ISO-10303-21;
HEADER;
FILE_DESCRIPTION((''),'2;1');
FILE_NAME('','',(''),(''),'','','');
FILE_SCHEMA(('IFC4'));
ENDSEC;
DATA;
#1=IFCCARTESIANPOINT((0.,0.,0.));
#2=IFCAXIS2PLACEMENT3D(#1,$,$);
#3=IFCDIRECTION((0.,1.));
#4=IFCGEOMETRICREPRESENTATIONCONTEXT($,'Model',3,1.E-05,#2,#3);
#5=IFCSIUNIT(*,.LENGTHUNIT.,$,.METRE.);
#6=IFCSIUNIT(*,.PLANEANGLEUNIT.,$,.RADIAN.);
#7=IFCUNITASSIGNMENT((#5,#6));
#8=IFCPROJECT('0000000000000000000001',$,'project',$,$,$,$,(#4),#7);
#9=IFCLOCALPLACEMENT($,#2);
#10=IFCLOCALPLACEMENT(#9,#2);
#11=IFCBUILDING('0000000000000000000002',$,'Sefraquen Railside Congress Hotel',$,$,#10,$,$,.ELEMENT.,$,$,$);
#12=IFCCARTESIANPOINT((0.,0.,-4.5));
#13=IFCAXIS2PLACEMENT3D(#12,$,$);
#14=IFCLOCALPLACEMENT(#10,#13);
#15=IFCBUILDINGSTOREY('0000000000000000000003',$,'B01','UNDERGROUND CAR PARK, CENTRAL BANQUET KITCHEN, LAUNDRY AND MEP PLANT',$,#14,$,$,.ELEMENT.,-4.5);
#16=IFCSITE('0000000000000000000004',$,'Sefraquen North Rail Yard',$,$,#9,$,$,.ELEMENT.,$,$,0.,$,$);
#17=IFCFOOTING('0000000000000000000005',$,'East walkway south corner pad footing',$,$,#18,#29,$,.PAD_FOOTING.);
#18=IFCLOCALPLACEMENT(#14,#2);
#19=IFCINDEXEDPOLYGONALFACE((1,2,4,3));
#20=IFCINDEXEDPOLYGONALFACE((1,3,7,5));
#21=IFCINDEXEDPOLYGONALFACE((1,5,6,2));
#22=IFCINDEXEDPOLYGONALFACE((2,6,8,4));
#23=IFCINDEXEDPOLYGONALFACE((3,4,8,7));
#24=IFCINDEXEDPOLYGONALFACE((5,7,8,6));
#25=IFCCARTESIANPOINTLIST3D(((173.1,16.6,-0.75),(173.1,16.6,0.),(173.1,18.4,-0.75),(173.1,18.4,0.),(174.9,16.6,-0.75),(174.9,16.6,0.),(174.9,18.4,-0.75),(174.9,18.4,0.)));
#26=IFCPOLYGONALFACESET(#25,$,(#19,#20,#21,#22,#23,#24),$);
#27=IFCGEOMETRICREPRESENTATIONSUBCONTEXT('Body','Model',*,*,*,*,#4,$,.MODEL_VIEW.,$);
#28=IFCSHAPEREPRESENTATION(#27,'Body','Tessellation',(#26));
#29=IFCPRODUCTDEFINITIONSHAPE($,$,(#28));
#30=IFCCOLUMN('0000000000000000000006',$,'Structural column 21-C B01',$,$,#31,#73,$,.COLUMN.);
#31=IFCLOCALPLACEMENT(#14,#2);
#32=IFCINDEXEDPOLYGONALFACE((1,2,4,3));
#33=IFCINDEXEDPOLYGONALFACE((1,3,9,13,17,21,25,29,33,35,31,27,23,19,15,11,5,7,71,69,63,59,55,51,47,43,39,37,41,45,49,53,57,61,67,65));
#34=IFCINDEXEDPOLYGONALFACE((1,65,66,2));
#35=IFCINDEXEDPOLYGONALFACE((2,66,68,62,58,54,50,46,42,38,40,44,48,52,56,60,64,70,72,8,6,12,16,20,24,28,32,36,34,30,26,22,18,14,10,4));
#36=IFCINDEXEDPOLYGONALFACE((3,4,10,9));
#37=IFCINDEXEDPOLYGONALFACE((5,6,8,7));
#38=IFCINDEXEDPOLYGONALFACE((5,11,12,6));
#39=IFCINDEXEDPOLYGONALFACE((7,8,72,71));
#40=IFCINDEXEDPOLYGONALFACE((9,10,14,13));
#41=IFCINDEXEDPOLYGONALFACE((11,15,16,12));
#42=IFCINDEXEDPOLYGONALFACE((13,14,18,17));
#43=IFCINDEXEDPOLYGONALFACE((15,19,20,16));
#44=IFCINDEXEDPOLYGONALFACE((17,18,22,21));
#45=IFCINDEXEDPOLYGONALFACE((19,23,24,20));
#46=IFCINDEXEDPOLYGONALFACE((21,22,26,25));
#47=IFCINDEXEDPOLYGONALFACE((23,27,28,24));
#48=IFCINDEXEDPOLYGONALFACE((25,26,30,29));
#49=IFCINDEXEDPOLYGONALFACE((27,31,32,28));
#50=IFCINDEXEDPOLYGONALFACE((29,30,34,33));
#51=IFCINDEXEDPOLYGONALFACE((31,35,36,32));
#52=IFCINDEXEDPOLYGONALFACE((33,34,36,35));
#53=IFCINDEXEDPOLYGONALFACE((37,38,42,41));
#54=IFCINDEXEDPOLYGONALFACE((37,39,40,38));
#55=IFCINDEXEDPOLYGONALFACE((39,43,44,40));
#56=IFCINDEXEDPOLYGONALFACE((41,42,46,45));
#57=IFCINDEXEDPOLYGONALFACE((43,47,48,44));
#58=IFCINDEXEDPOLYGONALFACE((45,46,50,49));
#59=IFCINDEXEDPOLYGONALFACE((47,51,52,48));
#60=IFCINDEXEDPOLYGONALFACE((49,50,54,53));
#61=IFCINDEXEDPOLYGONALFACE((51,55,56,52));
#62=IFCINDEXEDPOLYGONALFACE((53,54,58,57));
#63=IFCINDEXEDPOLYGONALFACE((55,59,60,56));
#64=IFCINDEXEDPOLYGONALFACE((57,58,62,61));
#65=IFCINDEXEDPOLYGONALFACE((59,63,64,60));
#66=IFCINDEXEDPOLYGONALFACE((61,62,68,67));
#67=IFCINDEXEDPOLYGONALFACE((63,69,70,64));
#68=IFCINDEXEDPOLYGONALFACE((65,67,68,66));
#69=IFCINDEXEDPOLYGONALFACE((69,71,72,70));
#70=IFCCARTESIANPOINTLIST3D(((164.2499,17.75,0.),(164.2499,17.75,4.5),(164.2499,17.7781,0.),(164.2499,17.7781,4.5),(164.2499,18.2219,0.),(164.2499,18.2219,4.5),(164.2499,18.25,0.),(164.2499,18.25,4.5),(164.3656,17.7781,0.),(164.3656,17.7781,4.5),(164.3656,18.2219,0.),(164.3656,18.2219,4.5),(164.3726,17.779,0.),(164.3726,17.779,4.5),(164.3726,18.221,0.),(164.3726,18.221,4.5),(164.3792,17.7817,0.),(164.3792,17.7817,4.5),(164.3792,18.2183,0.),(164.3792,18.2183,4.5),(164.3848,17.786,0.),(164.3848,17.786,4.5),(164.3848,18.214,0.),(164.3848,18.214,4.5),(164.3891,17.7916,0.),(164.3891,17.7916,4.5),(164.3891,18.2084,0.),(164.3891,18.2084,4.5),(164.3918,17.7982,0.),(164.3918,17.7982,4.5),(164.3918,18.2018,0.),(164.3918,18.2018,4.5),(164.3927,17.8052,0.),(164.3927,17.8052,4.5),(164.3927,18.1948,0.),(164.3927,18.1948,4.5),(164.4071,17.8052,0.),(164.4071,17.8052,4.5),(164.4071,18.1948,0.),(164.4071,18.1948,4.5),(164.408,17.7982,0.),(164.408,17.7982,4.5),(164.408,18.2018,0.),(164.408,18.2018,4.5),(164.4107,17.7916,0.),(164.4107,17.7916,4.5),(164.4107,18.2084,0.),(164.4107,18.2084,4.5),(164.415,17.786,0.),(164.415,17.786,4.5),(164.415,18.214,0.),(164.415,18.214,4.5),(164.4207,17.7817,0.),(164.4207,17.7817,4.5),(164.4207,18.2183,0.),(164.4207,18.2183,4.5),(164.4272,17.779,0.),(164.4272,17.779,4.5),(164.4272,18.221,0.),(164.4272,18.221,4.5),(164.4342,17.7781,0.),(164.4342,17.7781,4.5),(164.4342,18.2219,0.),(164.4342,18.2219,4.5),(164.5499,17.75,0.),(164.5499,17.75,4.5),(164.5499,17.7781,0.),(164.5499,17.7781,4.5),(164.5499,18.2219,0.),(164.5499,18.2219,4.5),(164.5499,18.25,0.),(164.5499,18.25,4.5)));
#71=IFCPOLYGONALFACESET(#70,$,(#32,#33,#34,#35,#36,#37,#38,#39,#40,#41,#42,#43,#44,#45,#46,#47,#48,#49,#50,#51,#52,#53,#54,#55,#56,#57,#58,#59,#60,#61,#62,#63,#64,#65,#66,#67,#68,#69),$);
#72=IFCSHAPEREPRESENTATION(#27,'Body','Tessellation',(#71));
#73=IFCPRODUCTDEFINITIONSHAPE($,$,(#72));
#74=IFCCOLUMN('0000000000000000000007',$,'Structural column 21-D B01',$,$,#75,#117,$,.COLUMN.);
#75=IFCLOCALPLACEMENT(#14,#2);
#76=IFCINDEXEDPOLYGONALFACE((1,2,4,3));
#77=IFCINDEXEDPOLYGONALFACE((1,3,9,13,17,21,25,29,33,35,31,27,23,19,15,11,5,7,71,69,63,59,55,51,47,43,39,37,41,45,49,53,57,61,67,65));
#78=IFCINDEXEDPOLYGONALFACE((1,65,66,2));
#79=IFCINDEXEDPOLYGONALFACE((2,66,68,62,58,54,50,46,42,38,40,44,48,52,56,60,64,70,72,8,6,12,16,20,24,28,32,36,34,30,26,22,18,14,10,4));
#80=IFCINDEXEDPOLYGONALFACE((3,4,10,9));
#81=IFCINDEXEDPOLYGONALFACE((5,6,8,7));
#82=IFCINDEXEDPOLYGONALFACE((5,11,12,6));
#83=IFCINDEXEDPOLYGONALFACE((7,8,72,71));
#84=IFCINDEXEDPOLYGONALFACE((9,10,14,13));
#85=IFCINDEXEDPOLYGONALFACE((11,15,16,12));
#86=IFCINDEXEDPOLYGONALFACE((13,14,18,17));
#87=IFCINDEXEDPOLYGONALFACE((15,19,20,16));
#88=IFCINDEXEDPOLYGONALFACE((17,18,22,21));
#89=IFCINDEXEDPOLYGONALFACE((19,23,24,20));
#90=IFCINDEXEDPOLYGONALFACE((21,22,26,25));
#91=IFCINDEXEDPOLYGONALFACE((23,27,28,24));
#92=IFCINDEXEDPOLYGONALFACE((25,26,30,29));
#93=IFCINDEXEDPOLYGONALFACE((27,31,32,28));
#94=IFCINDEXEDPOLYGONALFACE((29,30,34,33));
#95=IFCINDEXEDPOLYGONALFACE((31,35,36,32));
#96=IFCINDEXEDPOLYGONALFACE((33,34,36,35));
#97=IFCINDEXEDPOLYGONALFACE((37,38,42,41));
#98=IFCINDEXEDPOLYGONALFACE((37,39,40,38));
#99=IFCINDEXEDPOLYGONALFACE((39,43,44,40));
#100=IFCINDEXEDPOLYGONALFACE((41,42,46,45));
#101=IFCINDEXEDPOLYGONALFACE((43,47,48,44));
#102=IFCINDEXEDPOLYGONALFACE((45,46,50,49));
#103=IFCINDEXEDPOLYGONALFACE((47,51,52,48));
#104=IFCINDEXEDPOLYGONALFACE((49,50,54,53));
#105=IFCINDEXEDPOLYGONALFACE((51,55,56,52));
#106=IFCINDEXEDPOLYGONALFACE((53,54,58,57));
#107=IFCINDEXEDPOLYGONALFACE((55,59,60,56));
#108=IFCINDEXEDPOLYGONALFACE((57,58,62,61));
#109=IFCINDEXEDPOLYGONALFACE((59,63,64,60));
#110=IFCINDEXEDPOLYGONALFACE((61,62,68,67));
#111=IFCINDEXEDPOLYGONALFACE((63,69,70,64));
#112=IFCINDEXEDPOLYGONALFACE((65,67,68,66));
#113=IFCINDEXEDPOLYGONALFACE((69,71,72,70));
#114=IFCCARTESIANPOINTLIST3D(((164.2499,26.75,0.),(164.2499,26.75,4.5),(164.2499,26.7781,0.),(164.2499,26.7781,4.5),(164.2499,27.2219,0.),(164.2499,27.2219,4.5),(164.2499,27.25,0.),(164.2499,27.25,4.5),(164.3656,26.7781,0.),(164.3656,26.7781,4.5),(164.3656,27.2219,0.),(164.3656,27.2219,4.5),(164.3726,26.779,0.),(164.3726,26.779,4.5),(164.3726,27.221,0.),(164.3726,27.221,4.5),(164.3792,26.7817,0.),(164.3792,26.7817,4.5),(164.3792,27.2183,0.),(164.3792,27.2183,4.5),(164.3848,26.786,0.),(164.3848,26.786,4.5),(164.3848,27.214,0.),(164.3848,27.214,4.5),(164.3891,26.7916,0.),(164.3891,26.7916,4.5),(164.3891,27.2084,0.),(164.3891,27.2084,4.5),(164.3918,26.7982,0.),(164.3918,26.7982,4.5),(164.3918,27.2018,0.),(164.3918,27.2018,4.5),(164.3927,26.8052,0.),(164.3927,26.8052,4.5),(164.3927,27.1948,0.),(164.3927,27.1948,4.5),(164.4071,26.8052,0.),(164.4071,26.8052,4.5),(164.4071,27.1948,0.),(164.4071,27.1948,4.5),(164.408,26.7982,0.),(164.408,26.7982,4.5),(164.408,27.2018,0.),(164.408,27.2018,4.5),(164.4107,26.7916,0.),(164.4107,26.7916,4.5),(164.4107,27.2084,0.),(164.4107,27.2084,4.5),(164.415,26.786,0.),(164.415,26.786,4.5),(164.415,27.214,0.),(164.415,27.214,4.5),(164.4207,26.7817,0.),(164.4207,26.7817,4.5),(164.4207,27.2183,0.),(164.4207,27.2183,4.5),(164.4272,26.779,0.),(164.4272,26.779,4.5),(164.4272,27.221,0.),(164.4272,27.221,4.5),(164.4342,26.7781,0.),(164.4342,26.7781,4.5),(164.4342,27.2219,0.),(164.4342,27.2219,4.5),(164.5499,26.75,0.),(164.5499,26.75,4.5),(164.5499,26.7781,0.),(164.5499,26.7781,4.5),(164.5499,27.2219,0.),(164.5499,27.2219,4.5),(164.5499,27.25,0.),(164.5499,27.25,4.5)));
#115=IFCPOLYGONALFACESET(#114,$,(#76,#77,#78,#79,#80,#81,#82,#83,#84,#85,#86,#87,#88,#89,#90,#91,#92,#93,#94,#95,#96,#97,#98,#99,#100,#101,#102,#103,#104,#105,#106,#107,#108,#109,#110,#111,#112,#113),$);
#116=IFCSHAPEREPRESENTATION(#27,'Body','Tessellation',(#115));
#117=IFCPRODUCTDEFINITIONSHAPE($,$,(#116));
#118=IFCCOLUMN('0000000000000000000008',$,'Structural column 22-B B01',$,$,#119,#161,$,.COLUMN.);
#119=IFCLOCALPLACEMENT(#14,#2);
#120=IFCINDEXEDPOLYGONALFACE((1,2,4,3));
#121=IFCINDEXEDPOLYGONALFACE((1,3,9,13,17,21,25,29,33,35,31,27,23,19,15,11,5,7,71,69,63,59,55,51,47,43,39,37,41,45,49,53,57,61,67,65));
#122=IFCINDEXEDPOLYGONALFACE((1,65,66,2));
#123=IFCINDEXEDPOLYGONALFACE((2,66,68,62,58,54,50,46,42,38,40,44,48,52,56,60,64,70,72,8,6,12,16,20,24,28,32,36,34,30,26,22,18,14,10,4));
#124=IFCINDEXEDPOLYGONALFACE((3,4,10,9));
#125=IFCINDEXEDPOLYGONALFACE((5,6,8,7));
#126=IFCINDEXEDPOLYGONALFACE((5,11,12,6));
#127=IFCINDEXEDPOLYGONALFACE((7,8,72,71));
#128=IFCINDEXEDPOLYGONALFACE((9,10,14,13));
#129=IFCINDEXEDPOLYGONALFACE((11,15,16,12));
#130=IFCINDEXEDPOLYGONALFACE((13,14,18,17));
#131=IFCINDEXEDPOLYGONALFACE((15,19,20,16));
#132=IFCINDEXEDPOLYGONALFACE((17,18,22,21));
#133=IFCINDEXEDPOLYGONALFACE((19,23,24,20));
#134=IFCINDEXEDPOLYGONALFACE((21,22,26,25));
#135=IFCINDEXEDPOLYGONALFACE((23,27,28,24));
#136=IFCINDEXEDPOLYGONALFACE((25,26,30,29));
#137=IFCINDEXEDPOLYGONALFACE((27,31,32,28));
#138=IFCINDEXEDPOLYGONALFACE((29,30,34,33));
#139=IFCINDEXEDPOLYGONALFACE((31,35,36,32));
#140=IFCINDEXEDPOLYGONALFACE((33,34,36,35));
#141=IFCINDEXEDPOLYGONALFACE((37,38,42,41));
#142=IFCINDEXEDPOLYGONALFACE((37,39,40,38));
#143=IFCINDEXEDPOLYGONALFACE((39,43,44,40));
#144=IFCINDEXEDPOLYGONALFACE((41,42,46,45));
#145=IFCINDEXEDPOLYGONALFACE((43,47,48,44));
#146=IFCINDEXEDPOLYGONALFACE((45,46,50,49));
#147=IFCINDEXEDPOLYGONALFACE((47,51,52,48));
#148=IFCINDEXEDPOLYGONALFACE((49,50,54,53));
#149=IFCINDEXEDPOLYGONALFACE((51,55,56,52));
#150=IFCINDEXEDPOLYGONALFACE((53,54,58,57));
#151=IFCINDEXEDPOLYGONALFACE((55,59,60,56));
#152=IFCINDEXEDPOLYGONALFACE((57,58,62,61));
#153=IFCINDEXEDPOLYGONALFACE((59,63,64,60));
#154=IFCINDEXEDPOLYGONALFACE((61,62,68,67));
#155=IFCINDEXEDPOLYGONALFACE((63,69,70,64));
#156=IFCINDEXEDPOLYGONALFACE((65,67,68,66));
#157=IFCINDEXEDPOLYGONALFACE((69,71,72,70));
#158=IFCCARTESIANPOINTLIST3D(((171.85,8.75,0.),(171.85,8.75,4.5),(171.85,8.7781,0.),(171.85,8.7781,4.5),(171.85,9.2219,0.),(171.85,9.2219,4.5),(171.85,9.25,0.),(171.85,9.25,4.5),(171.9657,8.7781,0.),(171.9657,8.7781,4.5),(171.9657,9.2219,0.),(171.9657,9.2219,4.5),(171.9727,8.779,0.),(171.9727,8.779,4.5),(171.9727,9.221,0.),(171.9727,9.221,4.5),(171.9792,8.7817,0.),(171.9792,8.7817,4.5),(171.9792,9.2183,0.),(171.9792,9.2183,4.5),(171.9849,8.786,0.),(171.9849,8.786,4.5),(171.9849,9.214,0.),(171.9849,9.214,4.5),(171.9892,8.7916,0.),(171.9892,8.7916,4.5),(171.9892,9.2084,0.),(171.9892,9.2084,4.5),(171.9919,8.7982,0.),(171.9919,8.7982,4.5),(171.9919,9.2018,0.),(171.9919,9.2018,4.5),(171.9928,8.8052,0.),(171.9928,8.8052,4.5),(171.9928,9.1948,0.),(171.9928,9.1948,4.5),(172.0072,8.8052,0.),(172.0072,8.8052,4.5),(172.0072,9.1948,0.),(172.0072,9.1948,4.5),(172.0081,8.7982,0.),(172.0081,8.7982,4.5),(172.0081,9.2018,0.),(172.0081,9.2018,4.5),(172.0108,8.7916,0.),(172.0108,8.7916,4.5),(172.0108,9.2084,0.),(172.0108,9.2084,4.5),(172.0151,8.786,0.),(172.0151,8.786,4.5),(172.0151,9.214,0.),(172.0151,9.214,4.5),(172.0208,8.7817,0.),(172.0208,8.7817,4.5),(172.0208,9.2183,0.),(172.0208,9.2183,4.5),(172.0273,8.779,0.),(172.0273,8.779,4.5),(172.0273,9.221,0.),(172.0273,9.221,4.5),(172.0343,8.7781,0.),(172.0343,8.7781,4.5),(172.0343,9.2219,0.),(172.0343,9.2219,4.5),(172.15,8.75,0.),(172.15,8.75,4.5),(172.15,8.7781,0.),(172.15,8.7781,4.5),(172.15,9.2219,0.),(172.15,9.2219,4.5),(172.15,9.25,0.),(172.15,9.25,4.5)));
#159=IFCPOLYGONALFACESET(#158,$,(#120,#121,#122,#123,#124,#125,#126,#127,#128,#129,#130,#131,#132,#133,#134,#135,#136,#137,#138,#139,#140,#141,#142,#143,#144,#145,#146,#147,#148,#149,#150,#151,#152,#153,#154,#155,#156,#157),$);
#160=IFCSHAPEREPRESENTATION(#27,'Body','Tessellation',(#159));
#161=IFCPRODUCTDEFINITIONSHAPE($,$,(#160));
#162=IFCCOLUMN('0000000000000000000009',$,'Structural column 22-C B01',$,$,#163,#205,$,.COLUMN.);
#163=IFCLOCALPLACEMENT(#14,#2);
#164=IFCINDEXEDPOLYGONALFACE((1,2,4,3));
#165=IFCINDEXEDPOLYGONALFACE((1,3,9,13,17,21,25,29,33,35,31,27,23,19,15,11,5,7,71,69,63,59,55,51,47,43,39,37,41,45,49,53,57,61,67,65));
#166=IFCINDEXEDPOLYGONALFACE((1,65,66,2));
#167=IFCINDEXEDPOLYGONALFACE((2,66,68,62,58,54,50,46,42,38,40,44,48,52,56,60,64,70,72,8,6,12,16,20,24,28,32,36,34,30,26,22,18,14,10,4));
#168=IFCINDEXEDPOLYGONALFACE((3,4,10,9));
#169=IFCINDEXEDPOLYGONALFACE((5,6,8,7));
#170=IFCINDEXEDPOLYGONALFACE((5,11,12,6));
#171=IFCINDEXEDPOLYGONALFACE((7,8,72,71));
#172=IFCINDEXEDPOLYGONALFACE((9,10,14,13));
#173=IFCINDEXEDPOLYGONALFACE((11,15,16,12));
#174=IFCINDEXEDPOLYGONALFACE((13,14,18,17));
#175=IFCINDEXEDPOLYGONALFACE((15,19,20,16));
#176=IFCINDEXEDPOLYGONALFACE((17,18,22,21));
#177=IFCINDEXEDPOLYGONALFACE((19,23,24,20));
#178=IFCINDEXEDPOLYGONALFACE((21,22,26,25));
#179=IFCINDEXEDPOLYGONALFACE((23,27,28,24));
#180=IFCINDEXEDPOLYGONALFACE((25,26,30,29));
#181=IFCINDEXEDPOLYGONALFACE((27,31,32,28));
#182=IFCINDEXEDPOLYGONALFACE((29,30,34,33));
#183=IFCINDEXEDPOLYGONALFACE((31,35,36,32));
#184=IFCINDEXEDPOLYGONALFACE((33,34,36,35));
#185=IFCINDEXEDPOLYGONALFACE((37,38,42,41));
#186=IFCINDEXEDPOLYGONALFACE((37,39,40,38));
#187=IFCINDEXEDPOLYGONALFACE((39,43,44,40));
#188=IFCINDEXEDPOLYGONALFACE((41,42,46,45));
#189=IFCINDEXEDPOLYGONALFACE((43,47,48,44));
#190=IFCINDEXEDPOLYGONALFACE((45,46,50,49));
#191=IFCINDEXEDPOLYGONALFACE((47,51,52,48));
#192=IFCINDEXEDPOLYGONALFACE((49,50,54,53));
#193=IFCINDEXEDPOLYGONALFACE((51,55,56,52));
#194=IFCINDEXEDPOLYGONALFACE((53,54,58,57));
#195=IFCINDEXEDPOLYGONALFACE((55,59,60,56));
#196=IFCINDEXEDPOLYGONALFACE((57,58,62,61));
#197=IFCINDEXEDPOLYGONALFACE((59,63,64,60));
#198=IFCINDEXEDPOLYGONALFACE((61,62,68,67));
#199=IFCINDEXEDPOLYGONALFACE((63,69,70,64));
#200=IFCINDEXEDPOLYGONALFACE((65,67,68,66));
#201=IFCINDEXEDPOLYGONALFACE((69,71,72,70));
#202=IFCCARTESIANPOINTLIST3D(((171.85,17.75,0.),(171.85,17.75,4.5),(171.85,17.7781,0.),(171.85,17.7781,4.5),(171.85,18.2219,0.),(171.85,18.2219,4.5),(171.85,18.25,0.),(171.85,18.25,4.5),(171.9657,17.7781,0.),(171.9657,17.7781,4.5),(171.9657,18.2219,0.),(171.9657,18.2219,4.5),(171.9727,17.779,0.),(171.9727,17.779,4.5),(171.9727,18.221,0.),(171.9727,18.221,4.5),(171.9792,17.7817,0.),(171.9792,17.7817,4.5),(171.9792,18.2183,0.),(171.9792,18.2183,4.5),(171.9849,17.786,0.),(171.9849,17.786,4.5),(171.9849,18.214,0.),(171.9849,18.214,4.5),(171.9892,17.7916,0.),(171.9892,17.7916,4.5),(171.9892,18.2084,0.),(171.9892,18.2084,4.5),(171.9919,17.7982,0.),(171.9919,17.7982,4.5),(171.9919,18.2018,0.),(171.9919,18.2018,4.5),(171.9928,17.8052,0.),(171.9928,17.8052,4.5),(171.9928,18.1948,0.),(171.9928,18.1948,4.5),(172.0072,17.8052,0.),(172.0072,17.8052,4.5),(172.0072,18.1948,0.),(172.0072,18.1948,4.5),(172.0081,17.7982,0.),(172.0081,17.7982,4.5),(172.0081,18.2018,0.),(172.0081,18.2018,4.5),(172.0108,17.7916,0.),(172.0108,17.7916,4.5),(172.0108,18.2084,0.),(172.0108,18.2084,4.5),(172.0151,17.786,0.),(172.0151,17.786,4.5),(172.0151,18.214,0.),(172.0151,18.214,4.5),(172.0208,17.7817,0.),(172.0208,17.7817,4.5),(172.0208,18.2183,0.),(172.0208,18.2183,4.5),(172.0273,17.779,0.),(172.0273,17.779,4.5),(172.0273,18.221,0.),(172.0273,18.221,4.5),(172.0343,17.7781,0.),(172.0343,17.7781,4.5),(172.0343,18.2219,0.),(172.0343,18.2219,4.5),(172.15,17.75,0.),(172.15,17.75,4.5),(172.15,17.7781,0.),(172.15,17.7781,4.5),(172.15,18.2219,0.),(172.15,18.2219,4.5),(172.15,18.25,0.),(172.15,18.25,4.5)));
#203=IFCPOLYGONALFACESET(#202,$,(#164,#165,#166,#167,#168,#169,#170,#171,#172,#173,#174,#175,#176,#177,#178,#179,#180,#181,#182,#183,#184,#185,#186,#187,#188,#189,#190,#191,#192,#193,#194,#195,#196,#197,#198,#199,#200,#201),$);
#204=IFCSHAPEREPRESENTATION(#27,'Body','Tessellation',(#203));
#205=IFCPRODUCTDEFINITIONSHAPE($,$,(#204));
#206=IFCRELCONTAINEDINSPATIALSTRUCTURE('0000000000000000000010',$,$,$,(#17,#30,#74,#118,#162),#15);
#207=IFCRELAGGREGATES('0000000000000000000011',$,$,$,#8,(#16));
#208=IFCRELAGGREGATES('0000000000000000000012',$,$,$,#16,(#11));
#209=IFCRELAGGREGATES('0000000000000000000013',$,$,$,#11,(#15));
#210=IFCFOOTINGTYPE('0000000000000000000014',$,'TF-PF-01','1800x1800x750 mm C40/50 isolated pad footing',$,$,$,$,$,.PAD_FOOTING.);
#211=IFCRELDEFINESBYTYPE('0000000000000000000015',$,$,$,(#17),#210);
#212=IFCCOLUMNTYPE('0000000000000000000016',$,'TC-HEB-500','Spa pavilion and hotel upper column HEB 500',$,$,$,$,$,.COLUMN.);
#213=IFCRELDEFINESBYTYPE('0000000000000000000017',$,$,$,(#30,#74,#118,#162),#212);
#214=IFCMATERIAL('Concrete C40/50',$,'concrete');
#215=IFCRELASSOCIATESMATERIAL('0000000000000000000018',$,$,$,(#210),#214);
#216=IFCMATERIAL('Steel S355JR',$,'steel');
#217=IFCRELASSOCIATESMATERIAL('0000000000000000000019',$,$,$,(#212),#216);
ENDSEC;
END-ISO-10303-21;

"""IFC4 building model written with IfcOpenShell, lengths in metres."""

from ifc_helpers import new_model, si_unit, direction, frame, origin, origin_2d, place, context, subcontext, project, spatial, rectangle, i_section, extrude, material, material_profile, profile_set, type_object, element, save


model = new_model("IFC4")

# Units and contexts
model_context = context("Model", 3, precision=1e-05, world=origin(), true_north=direction((0.0, 1.0)))
body_context = subcontext(model_context, "Body", "Model", "MODEL_VIEW")
ifc_project = project(units=[si_unit("LENGTHUNIT", "METRE"), si_unit("PLANEANGLEUNIT", "RADIAN")], contexts=[model_context])

# Site, building, storey
site_placement = place(None, origin())
site = spatial("IfcSite", under=ifc_project, at=site_placement, Name="Sefraquen North Rail Yard", CompositionType="ELEMENT", RefElevation=0.0)
building_placement = place(site_placement, origin())
building = spatial("IfcBuilding", under=site, at=building_placement, Name="Sefraquen Railside Congress Hotel", CompositionType="ELEMENT")
storey_placement = place(building_placement, frame((0.0, 0.0, -4.5)))
storey = spatial("IfcBuildingStorey", under=building, at=storey_placement, Name="B01", Description="UNDERGROUND CAR PARK, CENTRAL BANQUET KITCHEN, LAUNDRY AND MEP PLANT", CompositionType="ELEMENT", Elevation=-4.5)

# Footing
ifc_material_1 = material(Name="Concrete C40/50", Category="concrete")
footing_type = type_object("IfcFootingType", Name="TF-PF-01", Description="1800x1800x750 mm C40/50 isolated pad footing", PredefinedType="PAD_FOOTING", material=ifc_material_1)
footing_placement = place(storey_placement, frame((174.0, 17.5, -0.75), z_axis=(0.0, 0.0, 1.0), x_axis=(1.0, 0.0, 0.0)))
element("IfcFooting", 1, at=footing_placement, inside=storey, type_object=footing_type, Name="East walkway south corner pad footing", PredefinedType="PAD_FOOTING", context=body_context, shape_type="SweptSolid", body=[
    extrude(rectangle(XDim=1.8, YDim=1.8, at=origin_2d()), origin(), (0.0, 0.0, 1.0), 0.75),
])

# Columns
ifc_material_2 = material(Name="Steel S355JR", Category="steel")
ifc_material_profile = material_profile(ifc_material_2, i_section(OverallWidth=0.3, OverallDepth=0.5, WebThickness=0.0144, FlangeThickness=0.0281, FilletRadius=0.0271, at=origin_2d()), Name="HEB 500")
ifc_profile_set = profile_set([ifc_material_profile], Name="Steel S355JR")
column_type = type_object("IfcColumnType", Name="TC-HEB-500", Description="Spa pavilion and hotel upper column HEB 500", PredefinedType="COLUMN", material=ifc_profile_set)
for number, where, z_axis, x_axis, name in (
    (2, (164.3999, 18.0, 0.0), (0.0, 0.0, 1.0), (1.0, 0.0, 0.0), "Structural column 21-C B01"),
    (3, (164.3999, 27.0, 0.0), (0.0, 0.0, 1.0), (1.0, 0.0, 0.0), "Structural column 21-D B01"),
    (4, (172.0, 9.0, 0.0), (0.0, 0.0, 1.0), (1.0, 0.0, 0.0), "Structural column 22-B B01"),
    (5, (172.0, 18.0, 0.0), (0.0, 0.0, 1.0), (1.0, 0.0, 0.0), "Structural column 22-C B01"),
):
    element("IfcColumn", number, at=place(storey_placement, frame(where, z_axis=z_axis, x_axis=x_axis)), inside=storey, type_object=column_type, Name=name, PredefinedType="COLUMN", context=body_context, shape_type="SweptSolid", body=[
        extrude(i_section(OverallWidth=0.3, OverallDepth=0.5, WebThickness=0.0144, FlangeThickness=0.0281, FilletRadius=0.0271, at=origin_2d()), origin(), (0.0, 0.0, 1.0), 4.5),
    ])

save(model, "model.ifc")
